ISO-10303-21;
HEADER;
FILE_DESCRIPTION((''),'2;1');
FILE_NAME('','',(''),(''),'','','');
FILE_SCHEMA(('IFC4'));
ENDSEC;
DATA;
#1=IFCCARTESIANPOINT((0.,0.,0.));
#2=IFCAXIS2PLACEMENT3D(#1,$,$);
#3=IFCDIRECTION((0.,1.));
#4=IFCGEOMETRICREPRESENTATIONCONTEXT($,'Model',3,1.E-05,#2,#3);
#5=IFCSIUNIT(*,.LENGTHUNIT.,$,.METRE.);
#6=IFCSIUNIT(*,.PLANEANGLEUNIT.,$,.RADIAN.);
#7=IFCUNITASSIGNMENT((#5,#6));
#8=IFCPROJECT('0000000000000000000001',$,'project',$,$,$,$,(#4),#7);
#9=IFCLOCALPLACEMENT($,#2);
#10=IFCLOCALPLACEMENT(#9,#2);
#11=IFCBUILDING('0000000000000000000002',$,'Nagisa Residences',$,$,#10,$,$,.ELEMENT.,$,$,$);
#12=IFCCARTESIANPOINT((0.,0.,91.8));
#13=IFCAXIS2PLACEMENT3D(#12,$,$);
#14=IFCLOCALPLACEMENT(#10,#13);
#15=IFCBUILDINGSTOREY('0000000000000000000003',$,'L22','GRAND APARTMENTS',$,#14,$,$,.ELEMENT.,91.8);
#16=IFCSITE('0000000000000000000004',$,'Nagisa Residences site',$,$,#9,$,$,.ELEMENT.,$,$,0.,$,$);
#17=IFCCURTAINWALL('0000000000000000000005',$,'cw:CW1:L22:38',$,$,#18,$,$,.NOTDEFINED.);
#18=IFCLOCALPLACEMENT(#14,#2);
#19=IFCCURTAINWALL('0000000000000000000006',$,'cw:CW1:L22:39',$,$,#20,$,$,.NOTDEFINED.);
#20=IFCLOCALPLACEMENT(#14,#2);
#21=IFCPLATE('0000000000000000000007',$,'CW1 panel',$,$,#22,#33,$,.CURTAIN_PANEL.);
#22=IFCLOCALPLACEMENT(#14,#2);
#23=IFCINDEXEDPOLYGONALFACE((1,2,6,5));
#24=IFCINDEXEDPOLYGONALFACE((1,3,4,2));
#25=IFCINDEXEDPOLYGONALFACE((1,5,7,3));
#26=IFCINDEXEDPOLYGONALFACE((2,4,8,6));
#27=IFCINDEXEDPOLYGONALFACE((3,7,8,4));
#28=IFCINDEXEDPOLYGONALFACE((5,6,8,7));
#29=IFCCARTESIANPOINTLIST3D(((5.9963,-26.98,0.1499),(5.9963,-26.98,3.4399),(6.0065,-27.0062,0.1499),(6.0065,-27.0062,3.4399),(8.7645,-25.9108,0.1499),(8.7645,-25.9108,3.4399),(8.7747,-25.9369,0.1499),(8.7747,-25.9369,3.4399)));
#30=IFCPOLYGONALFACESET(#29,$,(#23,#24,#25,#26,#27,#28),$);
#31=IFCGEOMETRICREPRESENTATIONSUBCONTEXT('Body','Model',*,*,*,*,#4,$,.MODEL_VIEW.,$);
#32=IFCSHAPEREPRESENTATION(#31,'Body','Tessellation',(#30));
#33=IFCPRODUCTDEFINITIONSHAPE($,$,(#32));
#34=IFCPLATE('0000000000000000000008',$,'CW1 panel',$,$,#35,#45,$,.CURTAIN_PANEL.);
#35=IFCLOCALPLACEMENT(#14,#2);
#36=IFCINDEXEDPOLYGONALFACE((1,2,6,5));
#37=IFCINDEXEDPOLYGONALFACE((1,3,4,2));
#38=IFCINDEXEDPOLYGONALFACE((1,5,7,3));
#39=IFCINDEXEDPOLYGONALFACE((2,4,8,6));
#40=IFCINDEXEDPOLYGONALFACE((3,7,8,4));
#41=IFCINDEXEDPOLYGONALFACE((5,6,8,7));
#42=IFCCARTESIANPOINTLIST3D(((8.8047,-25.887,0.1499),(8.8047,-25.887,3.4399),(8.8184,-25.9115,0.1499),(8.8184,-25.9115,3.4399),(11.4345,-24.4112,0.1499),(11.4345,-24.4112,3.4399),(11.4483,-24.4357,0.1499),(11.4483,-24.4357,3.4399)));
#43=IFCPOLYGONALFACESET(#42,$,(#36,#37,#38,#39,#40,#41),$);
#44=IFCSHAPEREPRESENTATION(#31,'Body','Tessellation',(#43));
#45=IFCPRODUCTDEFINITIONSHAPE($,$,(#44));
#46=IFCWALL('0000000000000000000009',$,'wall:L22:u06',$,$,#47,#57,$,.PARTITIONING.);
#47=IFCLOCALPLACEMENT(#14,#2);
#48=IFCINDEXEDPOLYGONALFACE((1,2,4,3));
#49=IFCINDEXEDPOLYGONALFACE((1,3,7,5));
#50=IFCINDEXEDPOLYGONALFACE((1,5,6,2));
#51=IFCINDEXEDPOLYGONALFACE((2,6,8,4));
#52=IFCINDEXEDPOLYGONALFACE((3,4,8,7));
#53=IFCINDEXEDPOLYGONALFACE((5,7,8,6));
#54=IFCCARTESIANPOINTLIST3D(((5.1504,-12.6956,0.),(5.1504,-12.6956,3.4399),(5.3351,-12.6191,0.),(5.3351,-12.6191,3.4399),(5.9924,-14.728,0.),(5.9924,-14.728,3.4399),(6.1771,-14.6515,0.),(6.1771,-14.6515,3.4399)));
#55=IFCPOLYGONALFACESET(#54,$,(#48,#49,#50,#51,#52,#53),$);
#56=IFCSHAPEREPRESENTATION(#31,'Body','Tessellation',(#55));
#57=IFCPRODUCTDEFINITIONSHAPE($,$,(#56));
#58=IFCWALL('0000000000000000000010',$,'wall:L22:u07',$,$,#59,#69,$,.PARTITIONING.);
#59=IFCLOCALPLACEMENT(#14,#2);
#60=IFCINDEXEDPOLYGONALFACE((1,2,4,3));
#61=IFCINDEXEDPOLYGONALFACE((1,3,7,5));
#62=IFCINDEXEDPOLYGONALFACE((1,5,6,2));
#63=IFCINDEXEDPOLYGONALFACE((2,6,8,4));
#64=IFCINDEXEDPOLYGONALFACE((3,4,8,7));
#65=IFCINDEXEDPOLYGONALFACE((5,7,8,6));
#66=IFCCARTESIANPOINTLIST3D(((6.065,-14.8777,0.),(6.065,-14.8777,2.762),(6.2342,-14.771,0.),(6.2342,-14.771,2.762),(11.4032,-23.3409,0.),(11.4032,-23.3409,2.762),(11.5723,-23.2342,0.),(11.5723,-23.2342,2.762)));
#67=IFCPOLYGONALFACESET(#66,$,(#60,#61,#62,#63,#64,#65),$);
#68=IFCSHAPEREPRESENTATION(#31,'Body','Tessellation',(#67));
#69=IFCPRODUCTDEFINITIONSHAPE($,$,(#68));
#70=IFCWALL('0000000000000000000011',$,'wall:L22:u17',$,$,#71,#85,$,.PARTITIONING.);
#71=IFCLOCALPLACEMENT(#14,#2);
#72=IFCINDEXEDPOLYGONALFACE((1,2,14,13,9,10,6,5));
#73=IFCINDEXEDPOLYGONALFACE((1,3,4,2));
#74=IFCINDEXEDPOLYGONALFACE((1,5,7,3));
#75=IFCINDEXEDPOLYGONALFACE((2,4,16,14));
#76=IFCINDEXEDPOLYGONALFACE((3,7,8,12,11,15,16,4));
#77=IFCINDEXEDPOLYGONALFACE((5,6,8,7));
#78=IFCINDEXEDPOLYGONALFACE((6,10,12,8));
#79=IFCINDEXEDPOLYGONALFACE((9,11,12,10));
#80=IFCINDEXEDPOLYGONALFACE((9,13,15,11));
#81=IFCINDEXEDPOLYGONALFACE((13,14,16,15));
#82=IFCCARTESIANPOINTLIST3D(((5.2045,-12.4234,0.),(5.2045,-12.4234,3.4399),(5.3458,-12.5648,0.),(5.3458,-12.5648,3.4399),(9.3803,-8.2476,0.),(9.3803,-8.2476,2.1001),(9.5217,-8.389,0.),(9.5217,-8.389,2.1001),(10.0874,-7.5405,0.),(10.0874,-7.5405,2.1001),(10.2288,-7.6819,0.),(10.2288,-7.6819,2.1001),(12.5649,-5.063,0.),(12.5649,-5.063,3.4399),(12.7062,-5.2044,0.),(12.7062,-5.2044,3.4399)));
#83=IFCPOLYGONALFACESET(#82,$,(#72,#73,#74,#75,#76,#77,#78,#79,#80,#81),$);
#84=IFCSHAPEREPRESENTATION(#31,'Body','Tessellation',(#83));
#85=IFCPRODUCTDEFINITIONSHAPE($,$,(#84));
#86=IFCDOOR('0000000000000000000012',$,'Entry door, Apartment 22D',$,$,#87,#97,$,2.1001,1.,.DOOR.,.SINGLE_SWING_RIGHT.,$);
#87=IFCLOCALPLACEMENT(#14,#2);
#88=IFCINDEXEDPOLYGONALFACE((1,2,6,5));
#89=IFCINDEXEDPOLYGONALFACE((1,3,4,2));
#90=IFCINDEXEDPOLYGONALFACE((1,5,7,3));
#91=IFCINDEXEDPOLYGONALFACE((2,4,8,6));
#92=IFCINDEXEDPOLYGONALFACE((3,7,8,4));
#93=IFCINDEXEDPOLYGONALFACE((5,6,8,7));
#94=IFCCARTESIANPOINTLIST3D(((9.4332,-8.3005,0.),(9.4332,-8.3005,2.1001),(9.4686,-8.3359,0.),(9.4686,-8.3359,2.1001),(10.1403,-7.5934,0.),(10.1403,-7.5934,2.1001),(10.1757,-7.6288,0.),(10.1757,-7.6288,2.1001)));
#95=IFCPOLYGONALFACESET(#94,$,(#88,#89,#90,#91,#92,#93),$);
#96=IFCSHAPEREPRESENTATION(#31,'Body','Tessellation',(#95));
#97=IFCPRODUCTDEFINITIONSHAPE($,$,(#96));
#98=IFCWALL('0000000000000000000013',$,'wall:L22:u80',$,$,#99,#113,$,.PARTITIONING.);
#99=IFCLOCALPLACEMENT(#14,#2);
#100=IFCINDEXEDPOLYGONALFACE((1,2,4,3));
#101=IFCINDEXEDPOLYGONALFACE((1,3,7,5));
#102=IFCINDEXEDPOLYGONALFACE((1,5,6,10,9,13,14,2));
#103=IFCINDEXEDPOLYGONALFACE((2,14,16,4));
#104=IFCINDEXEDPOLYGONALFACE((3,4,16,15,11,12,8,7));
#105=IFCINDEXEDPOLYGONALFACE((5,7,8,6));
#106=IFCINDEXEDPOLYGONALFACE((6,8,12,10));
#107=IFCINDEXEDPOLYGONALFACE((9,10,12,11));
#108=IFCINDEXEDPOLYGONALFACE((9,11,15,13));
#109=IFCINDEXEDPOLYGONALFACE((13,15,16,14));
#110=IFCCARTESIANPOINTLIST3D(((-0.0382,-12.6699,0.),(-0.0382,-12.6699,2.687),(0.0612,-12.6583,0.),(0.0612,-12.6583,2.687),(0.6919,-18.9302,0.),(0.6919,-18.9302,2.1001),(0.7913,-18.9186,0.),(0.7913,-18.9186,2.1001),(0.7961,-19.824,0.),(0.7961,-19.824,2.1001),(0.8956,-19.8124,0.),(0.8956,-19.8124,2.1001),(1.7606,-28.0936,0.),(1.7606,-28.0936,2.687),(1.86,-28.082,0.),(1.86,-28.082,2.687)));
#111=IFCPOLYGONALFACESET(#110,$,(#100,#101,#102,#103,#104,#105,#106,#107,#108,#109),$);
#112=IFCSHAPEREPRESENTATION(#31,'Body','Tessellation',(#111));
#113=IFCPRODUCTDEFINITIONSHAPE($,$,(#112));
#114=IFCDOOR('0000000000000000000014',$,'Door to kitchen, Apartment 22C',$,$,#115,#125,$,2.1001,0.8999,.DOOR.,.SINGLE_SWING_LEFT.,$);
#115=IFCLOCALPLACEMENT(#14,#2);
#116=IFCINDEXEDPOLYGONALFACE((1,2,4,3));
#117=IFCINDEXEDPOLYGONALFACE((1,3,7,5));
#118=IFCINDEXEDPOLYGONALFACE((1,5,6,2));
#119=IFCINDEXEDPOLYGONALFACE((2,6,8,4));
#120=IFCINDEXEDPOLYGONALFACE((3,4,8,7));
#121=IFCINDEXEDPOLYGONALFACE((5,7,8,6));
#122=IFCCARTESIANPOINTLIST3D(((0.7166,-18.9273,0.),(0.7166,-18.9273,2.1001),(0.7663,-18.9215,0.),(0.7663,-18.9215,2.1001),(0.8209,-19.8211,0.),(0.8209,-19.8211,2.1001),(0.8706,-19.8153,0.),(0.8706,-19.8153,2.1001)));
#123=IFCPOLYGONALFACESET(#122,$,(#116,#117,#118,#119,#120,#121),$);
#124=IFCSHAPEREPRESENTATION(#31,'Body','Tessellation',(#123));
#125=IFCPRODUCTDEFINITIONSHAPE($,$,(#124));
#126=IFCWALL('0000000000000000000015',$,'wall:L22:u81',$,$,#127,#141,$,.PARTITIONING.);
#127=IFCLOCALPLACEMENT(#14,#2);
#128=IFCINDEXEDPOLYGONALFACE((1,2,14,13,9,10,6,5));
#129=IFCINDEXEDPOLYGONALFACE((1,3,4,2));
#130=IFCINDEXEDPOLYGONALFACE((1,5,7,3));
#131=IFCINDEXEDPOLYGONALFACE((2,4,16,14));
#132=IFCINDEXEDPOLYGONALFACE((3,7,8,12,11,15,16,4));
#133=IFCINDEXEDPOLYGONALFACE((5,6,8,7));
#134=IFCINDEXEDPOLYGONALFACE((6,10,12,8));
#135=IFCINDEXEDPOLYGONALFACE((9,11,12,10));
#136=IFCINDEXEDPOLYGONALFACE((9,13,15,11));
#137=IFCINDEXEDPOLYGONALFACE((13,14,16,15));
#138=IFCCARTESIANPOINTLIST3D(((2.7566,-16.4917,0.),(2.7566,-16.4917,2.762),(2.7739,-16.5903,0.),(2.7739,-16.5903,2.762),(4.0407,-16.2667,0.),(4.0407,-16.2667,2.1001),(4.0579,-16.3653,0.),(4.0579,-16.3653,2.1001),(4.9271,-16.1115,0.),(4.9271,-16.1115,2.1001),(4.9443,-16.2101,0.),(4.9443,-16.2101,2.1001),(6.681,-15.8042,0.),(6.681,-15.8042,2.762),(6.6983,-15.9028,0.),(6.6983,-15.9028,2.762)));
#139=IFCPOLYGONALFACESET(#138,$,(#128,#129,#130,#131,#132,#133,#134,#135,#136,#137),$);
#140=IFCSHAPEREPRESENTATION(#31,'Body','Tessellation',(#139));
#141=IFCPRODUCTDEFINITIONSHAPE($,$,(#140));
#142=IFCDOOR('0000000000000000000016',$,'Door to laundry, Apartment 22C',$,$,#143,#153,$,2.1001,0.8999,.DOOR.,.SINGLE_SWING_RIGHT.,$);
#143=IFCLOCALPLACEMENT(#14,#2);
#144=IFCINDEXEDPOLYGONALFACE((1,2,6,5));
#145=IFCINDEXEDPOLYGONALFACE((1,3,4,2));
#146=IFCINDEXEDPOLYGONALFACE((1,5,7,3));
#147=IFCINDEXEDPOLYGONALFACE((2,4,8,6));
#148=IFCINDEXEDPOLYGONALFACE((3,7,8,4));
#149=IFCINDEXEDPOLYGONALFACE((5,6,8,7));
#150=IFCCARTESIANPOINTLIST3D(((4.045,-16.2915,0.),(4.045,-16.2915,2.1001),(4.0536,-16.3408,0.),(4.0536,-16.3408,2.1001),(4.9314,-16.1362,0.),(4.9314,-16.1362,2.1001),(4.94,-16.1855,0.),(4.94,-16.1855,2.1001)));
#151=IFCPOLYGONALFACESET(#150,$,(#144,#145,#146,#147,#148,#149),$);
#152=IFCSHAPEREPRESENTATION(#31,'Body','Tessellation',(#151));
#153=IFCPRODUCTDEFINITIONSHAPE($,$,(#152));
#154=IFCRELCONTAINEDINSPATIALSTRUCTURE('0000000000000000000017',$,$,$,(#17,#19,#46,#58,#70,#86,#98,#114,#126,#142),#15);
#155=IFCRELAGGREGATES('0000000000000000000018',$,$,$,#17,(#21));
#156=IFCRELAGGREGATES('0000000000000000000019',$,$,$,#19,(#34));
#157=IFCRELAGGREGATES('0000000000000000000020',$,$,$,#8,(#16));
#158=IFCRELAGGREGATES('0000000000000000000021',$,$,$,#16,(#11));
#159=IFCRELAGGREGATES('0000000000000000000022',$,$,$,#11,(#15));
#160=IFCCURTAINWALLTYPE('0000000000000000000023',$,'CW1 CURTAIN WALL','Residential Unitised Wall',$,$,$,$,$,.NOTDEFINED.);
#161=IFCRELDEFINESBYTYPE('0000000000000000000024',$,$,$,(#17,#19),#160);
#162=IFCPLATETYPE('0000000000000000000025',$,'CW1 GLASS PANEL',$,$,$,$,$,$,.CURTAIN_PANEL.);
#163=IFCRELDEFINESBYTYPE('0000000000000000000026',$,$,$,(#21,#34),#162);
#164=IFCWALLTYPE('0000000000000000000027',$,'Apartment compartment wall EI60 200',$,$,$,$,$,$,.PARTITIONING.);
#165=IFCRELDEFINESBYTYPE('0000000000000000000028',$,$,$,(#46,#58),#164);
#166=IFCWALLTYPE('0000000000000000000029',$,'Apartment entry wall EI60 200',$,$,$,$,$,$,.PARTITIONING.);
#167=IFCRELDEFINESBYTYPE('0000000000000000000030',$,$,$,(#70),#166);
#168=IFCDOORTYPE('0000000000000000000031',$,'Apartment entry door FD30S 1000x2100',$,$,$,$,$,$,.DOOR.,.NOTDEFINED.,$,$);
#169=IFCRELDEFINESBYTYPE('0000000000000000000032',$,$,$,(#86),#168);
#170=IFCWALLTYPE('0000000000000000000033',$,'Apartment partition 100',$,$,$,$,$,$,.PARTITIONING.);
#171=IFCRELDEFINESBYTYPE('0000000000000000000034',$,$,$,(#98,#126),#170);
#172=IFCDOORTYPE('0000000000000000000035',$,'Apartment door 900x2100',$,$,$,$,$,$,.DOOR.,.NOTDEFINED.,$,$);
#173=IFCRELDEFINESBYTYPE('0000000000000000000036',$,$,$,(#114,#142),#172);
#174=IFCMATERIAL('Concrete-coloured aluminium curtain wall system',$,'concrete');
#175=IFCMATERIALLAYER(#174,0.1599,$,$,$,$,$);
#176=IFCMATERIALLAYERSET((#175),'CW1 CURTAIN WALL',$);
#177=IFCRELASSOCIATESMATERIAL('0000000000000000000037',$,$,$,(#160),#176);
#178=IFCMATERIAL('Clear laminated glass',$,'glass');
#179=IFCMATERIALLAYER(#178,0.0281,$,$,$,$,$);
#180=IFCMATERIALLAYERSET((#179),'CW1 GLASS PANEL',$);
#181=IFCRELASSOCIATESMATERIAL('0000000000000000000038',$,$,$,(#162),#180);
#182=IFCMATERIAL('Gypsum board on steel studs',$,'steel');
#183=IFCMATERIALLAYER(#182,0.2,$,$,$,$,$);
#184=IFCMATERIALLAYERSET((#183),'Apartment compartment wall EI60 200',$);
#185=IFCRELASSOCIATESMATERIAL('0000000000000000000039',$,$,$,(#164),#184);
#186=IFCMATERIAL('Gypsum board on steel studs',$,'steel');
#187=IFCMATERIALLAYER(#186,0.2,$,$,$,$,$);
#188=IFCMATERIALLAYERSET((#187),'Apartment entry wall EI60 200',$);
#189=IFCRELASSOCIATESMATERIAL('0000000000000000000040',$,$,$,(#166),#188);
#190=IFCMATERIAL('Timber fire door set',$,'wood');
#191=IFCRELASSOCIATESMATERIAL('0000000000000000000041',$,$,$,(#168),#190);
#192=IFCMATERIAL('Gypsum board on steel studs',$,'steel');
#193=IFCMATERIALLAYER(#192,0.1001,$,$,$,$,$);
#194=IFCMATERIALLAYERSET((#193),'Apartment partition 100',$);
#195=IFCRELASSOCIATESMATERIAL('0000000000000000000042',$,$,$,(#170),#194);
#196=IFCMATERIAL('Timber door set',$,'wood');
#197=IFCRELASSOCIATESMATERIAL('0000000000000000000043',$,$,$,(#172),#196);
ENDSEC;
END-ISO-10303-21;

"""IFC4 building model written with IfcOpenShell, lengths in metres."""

from ifc_helpers import new_model, si_unit, direction, frame, frame_2d, origin, origin_2d, place, context, subcontext, project, spatial, rectangle, extrude, material, layer, layer_set, type_object, element, fill, aggregate, save


model = new_model("IFC4")

# Units and contexts
model_context = context("Model", 3, precision=1e-05, world=origin(), true_north=direction((0.0, 1.0)))
body_context = subcontext(model_context, "Body", "Model", "MODEL_VIEW")
ifc_project = project(units=[si_unit("LENGTHUNIT", "METRE"), si_unit("PLANEANGLEUNIT", "RADIAN")], contexts=[model_context])

# Site, building, storey
site_placement = place(None, origin())
site = spatial("IfcSite", under=ifc_project, at=site_placement, Name="Nagisa Residences site", CompositionType="ELEMENT", RefElevation=0.0)
building_placement = place(site_placement, origin())
building = spatial("IfcBuilding", under=site, at=building_placement, Name="Nagisa Residences", CompositionType="ELEMENT")
storey_placement = place(building_placement, frame((0.0, 0.0, 91.8)))
storey = spatial("IfcBuildingStorey", under=building, at=storey_placement, Name="L22", Description="GRAND APARTMENTS", CompositionType="ELEMENT", Elevation=91.8)

# Curtain walls
ifc_material_1 = material(Name="Concrete-coloured aluminium curtain wall system", Category="concrete")
ifc_layer_1 = layer(ifc_material_1, 0.1599)
ifc_layer_set_1 = layer_set([ifc_layer_1], Name="CW1 CURTAIN WALL")
curtain_wall_type = type_object("IfcCurtainWallType", Name="CW1 CURTAIN WALL", Description="Residential Unitised Wall", PredefinedType="NOTDEFINED", material=ifc_layer_set_1)
curtain_wall_1_placement = place(storey_placement, origin())
curtain_wall_1 = element("IfcCurtainWall", 1, at=curtain_wall_1_placement, inside=storey, type_object=curtain_wall_type, Name="cw:CW1:L22:38", PredefinedType="NOTDEFINED")
curtain_wall_2_placement = place(storey_placement, origin())
curtain_wall_2 = element("IfcCurtainWall", 2, at=curtain_wall_2_placement, inside=storey, type_object=curtain_wall_type, Name="cw:CW1:L22:39", PredefinedType="NOTDEFINED")

# Shared definitions
ifc_material_2 = material(Name="Clear laminated glass", Category="glass")
ifc_layer_2 = layer(ifc_material_2, 0.0281)
ifc_layer_set_2 = layer_set([ifc_layer_2], Name="CW1 GLASS PANEL")
plate_type = type_object("IfcPlateType", Name="CW1 GLASS PANEL", PredefinedType="CURTAIN_PANEL", material=ifc_layer_set_2)

# Plates
plate_1_placement = place(storey_placement, frame((7.3855, -26.4585, 0.1499), z_axis=(0.0, 0.0, 1.0), x_axis=(0.932826, 0.360328, 0.0)))
plate_1 = element("IfcPlate", 3, at=plate_1_placement, type_object=plate_type, Name="CW1 panel", PredefinedType="CURTAIN_PANEL", context=body_context, shape_type="SweptSolid", body=[
    extrude(rectangle(XDim=2.9675, YDim=0.0281, at=origin_2d()), origin(), (0.0, 0.0, 1.0), 3.29),
])
aggregate(curtain_wall_1, [plate_1])
plate_2_placement = place(storey_placement, frame((10.1265, -25.1614, 0.1499), z_axis=(0.0, 0.0, 1.0), x_axis=(0.872072, 0.489377, 0.0)))
plate_2 = element("IfcPlate", 4, at=plate_2_placement, type_object=plate_type, Name="CW1 panel", PredefinedType="CURTAIN_PANEL", context=body_context, shape_type="SweptSolid", body=[
    extrude(rectangle(XDim=3.0156, YDim=0.0281, at=origin_2d()), origin(), (0.0, 0.0, 1.0), 3.29),
])
aggregate(curtain_wall_2, [plate_2])

# Walls
ifc_material_3 = material(Name="Gypsum board on steel studs", Category="steel")
ifc_layer_3 = layer(ifc_material_3, 0.2)
ifc_layer_set_3 = layer_set([ifc_layer_3], Name="Apartment compartment wall EI60 200")
wall_type_1 = type_object("IfcWallType", Name="Apartment compartment wall EI60 200", PredefinedType="PARTITIONING", material=ifc_layer_set_3)
wall_1_placement = place(storey_placement, frame((5.2427, -12.6572, 0.0), z_axis=(0.0, 0.0, 1.0), x_axis=(0.382747, -0.923853, 0.0)))
element("IfcWall", 5, at=wall_1_placement, inside=storey, type_object=wall_type_1, Name="wall:L22:u06", PredefinedType="PARTITIONING", context=body_context, shape_type="SweptSolid", body=[
    extrude(rectangle(XDim=2.2, YDim=0.2, at=frame_2d((1.1001, 0.0))), origin(), (0.0, 0.0, 1.0), 3.4399),
])
wall_2_placement = place(storey_placement, frame((6.1497, -14.8245, 0.0), z_axis=(0.0, 0.0, 1.0), x_axis=(0.533493, -0.845805, 0.0)))
element("IfcWall", 6, at=wall_2_placement, inside=storey, type_object=wall_type_1, Name="wall:L22:u07", PredefinedType="PARTITIONING", context=body_context, shape_type="SweptSolid", body=[
    extrude(rectangle(XDim=10.0061, YDim=0.2, at=frame_2d((5.0029, 0.0))), origin(), (0.0, 0.0, 1.0), 2.762),
])

# Walls, openings, doors
ifc_material_4 = material(Name="Gypsum board on steel studs", Category="steel")
ifc_layer_4 = layer(ifc_material_4, 0.2)
ifc_layer_set_4 = layer_set([ifc_layer_4], Name="Apartment entry wall EI60 200")
wall_type_2 = type_object("IfcWallType", Name="Apartment entry wall EI60 200", PredefinedType="PARTITIONING", material=ifc_layer_set_4)
wall_3_placement = place(storey_placement, frame((5.2751, -12.4941, 0.0), z_axis=(0.0, 0.0, 1.0), x_axis=(0.707107, 0.707107, 0.0)))
wall_3 = element("IfcWall", 7, at=wall_3_placement, inside=storey, type_object=wall_type_2, Name="wall:L22:u17", PredefinedType="PARTITIONING", context=body_context, shape_type="SweptSolid", body=[
    extrude(rectangle(XDim=10.4092, YDim=0.2, at=frame_2d((5.2046, 0.0))), origin(), (0.0, 0.0, 1.0), 3.4399),
])
opening_1_placement = place(wall_3_placement, frame((5.9055, 0.0, 0.0)))
opening_1 = element("IfcOpeningElement", 8, at=opening_1_placement, cuts=wall_3, PredefinedType="OPENING", context=body_context, shape_type="SweptSolid", body=[
    extrude(rectangle(XDim=1.0, YDim=2.1001, at=frame_2d((0.5, 1.05))), frame((0.0, 0.1099, 0.0), z_axis=(0.0, -1.0, 0.0), x_axis=(1.0, 0.0, 0.0)), (0.0, 0.0, 1.0), 0.22),
])
ifc_material_5 = material(Name="Timber fire door set", Category="wood")
door_type_1 = type_object("IfcDoorType", Name="Apartment entry door FD30S 1000x2100", OperationType="NOTDEFINED", PredefinedType="DOOR", material=ifc_material_5)
door_1_placement = place(opening_1_placement, frame((1.0, 0.0, 0.0), x_axis=(-1.0, 0.0, 0.0)))
door_1 = element("IfcDoor", 9, at=door_1_placement, inside=storey, type_object=door_type_1, Name="Entry door, Apartment 22D", OperationType="SINGLE_SWING_RIGHT", OverallHeight=2.1001, OverallWidth=1.0, PredefinedType="DOOR", context=body_context, shape_type="SweptSolid", body=[
    extrude(rectangle(XDim=1.0, YDim=2.1001, at=frame_2d((0.5, 1.05))), frame((0.0, 0.0249, 0.0), z_axis=(0.0, -1.0, 0.0), x_axis=(1.0, 0.0, 0.0)), (0.0, 0.0, 1.0), 0.05),
])
fill(opening_1, door_1)
ifc_material_6 = material(Name="Gypsum board on steel studs", Category="steel")
ifc_layer_5 = layer(ifc_material_6, 0.1001)
ifc_layer_set_5 = layer_set([ifc_layer_5], Name="Apartment partition 100")
wall_type_3 = type_object("IfcWallType", Name="Apartment partition 100", PredefinedType="PARTITIONING", material=ifc_layer_set_5)
wall_4_placement = place(storey_placement, frame((0.0115, -12.6641, 0.0), z_axis=(0.0, 0.0, 1.0), x_axis=(0.115841, -0.993268, 0.0)))
wall_4 = element("IfcWall", 10, at=wall_4_placement, inside=storey, type_object=wall_type_3, Name="wall:L22:u80", PredefinedType="PARTITIONING", context=body_context, shape_type="SweptSolid", body=[
    extrude(rectangle(XDim=15.5283, YDim=0.1001, at=frame_2d((7.7642, 0.0))), origin(), (0.0, 0.0, 1.0), 2.687),
])
opening_2_placement = place(wall_4_placement, frame((6.3027, 0.0, 0.0)))
opening_2 = element("IfcOpeningElement", 11, at=opening_2_placement, cuts=wall_4, PredefinedType="OPENING", context=body_context, shape_type="SweptSolid", body=[
    extrude(rectangle(XDim=0.8999, YDim=2.1001, at=frame_2d((0.45, 1.05))), frame((0.0, 0.0601, 0.0), z_axis=(0.0, -1.0, 0.0), x_axis=(1.0, 0.0, 0.0)), (0.0, 0.0, 1.0), 0.1201),
])
ifc_material_7 = material(Name="Timber door set", Category="wood")
door_type_2 = type_object("IfcDoorType", Name="Apartment door 900x2100", OperationType="NOTDEFINED", PredefinedType="DOOR", material=ifc_material_7)
door_2_placement = place(opening_2_placement, origin())
door_2 = element("IfcDoor", 12, at=door_2_placement, inside=storey, type_object=door_type_2, Name="Door to kitchen, Apartment 22C", OperationType="SINGLE_SWING_LEFT", OverallHeight=2.1001, OverallWidth=0.8999, PredefinedType="DOOR", context=body_context, shape_type="SweptSolid", body=[
    extrude(rectangle(XDim=0.8999, YDim=2.1001, at=frame_2d((0.45, 1.05))), frame((0.0, 0.0249, 0.0), z_axis=(0.0, -1.0, 0.0), x_axis=(1.0, 0.0, 0.0)), (0.0, 0.0, 1.0), 0.05),
])
fill(opening_2, door_2)
wall_5_placement = place(storey_placement, frame((2.7651, -16.541, 0.0), z_axis=(0.0, 0.0, 1.0), x_axis=(0.984999, 0.172562, 0.0)))
wall_5 = element("IfcWall", 13, at=wall_5_placement, inside=storey, type_object=wall_type_3, Name="wall:L22:u81", PredefinedType="PARTITIONING", context=body_context, shape_type="SweptSolid", body=[
    extrude(rectangle(XDim=3.9841, YDim=0.1001, at=frame_2d((1.9922, 0.0))), origin(), (0.0, 0.0, 1.0), 2.762),
])
opening_3_placement = place(wall_5_placement, frame((1.3037, 0.0, 0.0)))
opening_3 = element("IfcOpeningElement", 14, at=opening_3_placement, cuts=wall_5, PredefinedType="OPENING", context=body_context, shape_type="SweptSolid", body=[
    extrude(rectangle(XDim=0.8999, YDim=2.1001, at=frame_2d((0.45, 1.05))), frame((0.0, 0.0601, 0.0), z_axis=(0.0, -1.0, 0.0), x_axis=(1.0, 0.0, 0.0)), (0.0, 0.0, 1.0), 0.1201),
])
door_3_placement = place(opening_3_placement, origin())
door_3 = element("IfcDoor", 15, at=door_3_placement, inside=storey, type_object=door_type_2, Name="Door to laundry, Apartment 22C", OperationType="SINGLE_SWING_RIGHT", OverallHeight=2.1001, OverallWidth=0.8999, PredefinedType="DOOR", context=body_context, shape_type="SweptSolid", body=[
    extrude(rectangle(XDim=0.8999, YDim=2.1001, at=frame_2d((0.45, 1.05))), frame((0.0, 0.0249, 0.0), z_axis=(0.0, -1.0, 0.0), x_axis=(1.0, 0.0, 0.0)), (0.0, 0.0, 1.0), 0.05),
])
fill(opening_3, door_3)

save(model, "model.ifc")
